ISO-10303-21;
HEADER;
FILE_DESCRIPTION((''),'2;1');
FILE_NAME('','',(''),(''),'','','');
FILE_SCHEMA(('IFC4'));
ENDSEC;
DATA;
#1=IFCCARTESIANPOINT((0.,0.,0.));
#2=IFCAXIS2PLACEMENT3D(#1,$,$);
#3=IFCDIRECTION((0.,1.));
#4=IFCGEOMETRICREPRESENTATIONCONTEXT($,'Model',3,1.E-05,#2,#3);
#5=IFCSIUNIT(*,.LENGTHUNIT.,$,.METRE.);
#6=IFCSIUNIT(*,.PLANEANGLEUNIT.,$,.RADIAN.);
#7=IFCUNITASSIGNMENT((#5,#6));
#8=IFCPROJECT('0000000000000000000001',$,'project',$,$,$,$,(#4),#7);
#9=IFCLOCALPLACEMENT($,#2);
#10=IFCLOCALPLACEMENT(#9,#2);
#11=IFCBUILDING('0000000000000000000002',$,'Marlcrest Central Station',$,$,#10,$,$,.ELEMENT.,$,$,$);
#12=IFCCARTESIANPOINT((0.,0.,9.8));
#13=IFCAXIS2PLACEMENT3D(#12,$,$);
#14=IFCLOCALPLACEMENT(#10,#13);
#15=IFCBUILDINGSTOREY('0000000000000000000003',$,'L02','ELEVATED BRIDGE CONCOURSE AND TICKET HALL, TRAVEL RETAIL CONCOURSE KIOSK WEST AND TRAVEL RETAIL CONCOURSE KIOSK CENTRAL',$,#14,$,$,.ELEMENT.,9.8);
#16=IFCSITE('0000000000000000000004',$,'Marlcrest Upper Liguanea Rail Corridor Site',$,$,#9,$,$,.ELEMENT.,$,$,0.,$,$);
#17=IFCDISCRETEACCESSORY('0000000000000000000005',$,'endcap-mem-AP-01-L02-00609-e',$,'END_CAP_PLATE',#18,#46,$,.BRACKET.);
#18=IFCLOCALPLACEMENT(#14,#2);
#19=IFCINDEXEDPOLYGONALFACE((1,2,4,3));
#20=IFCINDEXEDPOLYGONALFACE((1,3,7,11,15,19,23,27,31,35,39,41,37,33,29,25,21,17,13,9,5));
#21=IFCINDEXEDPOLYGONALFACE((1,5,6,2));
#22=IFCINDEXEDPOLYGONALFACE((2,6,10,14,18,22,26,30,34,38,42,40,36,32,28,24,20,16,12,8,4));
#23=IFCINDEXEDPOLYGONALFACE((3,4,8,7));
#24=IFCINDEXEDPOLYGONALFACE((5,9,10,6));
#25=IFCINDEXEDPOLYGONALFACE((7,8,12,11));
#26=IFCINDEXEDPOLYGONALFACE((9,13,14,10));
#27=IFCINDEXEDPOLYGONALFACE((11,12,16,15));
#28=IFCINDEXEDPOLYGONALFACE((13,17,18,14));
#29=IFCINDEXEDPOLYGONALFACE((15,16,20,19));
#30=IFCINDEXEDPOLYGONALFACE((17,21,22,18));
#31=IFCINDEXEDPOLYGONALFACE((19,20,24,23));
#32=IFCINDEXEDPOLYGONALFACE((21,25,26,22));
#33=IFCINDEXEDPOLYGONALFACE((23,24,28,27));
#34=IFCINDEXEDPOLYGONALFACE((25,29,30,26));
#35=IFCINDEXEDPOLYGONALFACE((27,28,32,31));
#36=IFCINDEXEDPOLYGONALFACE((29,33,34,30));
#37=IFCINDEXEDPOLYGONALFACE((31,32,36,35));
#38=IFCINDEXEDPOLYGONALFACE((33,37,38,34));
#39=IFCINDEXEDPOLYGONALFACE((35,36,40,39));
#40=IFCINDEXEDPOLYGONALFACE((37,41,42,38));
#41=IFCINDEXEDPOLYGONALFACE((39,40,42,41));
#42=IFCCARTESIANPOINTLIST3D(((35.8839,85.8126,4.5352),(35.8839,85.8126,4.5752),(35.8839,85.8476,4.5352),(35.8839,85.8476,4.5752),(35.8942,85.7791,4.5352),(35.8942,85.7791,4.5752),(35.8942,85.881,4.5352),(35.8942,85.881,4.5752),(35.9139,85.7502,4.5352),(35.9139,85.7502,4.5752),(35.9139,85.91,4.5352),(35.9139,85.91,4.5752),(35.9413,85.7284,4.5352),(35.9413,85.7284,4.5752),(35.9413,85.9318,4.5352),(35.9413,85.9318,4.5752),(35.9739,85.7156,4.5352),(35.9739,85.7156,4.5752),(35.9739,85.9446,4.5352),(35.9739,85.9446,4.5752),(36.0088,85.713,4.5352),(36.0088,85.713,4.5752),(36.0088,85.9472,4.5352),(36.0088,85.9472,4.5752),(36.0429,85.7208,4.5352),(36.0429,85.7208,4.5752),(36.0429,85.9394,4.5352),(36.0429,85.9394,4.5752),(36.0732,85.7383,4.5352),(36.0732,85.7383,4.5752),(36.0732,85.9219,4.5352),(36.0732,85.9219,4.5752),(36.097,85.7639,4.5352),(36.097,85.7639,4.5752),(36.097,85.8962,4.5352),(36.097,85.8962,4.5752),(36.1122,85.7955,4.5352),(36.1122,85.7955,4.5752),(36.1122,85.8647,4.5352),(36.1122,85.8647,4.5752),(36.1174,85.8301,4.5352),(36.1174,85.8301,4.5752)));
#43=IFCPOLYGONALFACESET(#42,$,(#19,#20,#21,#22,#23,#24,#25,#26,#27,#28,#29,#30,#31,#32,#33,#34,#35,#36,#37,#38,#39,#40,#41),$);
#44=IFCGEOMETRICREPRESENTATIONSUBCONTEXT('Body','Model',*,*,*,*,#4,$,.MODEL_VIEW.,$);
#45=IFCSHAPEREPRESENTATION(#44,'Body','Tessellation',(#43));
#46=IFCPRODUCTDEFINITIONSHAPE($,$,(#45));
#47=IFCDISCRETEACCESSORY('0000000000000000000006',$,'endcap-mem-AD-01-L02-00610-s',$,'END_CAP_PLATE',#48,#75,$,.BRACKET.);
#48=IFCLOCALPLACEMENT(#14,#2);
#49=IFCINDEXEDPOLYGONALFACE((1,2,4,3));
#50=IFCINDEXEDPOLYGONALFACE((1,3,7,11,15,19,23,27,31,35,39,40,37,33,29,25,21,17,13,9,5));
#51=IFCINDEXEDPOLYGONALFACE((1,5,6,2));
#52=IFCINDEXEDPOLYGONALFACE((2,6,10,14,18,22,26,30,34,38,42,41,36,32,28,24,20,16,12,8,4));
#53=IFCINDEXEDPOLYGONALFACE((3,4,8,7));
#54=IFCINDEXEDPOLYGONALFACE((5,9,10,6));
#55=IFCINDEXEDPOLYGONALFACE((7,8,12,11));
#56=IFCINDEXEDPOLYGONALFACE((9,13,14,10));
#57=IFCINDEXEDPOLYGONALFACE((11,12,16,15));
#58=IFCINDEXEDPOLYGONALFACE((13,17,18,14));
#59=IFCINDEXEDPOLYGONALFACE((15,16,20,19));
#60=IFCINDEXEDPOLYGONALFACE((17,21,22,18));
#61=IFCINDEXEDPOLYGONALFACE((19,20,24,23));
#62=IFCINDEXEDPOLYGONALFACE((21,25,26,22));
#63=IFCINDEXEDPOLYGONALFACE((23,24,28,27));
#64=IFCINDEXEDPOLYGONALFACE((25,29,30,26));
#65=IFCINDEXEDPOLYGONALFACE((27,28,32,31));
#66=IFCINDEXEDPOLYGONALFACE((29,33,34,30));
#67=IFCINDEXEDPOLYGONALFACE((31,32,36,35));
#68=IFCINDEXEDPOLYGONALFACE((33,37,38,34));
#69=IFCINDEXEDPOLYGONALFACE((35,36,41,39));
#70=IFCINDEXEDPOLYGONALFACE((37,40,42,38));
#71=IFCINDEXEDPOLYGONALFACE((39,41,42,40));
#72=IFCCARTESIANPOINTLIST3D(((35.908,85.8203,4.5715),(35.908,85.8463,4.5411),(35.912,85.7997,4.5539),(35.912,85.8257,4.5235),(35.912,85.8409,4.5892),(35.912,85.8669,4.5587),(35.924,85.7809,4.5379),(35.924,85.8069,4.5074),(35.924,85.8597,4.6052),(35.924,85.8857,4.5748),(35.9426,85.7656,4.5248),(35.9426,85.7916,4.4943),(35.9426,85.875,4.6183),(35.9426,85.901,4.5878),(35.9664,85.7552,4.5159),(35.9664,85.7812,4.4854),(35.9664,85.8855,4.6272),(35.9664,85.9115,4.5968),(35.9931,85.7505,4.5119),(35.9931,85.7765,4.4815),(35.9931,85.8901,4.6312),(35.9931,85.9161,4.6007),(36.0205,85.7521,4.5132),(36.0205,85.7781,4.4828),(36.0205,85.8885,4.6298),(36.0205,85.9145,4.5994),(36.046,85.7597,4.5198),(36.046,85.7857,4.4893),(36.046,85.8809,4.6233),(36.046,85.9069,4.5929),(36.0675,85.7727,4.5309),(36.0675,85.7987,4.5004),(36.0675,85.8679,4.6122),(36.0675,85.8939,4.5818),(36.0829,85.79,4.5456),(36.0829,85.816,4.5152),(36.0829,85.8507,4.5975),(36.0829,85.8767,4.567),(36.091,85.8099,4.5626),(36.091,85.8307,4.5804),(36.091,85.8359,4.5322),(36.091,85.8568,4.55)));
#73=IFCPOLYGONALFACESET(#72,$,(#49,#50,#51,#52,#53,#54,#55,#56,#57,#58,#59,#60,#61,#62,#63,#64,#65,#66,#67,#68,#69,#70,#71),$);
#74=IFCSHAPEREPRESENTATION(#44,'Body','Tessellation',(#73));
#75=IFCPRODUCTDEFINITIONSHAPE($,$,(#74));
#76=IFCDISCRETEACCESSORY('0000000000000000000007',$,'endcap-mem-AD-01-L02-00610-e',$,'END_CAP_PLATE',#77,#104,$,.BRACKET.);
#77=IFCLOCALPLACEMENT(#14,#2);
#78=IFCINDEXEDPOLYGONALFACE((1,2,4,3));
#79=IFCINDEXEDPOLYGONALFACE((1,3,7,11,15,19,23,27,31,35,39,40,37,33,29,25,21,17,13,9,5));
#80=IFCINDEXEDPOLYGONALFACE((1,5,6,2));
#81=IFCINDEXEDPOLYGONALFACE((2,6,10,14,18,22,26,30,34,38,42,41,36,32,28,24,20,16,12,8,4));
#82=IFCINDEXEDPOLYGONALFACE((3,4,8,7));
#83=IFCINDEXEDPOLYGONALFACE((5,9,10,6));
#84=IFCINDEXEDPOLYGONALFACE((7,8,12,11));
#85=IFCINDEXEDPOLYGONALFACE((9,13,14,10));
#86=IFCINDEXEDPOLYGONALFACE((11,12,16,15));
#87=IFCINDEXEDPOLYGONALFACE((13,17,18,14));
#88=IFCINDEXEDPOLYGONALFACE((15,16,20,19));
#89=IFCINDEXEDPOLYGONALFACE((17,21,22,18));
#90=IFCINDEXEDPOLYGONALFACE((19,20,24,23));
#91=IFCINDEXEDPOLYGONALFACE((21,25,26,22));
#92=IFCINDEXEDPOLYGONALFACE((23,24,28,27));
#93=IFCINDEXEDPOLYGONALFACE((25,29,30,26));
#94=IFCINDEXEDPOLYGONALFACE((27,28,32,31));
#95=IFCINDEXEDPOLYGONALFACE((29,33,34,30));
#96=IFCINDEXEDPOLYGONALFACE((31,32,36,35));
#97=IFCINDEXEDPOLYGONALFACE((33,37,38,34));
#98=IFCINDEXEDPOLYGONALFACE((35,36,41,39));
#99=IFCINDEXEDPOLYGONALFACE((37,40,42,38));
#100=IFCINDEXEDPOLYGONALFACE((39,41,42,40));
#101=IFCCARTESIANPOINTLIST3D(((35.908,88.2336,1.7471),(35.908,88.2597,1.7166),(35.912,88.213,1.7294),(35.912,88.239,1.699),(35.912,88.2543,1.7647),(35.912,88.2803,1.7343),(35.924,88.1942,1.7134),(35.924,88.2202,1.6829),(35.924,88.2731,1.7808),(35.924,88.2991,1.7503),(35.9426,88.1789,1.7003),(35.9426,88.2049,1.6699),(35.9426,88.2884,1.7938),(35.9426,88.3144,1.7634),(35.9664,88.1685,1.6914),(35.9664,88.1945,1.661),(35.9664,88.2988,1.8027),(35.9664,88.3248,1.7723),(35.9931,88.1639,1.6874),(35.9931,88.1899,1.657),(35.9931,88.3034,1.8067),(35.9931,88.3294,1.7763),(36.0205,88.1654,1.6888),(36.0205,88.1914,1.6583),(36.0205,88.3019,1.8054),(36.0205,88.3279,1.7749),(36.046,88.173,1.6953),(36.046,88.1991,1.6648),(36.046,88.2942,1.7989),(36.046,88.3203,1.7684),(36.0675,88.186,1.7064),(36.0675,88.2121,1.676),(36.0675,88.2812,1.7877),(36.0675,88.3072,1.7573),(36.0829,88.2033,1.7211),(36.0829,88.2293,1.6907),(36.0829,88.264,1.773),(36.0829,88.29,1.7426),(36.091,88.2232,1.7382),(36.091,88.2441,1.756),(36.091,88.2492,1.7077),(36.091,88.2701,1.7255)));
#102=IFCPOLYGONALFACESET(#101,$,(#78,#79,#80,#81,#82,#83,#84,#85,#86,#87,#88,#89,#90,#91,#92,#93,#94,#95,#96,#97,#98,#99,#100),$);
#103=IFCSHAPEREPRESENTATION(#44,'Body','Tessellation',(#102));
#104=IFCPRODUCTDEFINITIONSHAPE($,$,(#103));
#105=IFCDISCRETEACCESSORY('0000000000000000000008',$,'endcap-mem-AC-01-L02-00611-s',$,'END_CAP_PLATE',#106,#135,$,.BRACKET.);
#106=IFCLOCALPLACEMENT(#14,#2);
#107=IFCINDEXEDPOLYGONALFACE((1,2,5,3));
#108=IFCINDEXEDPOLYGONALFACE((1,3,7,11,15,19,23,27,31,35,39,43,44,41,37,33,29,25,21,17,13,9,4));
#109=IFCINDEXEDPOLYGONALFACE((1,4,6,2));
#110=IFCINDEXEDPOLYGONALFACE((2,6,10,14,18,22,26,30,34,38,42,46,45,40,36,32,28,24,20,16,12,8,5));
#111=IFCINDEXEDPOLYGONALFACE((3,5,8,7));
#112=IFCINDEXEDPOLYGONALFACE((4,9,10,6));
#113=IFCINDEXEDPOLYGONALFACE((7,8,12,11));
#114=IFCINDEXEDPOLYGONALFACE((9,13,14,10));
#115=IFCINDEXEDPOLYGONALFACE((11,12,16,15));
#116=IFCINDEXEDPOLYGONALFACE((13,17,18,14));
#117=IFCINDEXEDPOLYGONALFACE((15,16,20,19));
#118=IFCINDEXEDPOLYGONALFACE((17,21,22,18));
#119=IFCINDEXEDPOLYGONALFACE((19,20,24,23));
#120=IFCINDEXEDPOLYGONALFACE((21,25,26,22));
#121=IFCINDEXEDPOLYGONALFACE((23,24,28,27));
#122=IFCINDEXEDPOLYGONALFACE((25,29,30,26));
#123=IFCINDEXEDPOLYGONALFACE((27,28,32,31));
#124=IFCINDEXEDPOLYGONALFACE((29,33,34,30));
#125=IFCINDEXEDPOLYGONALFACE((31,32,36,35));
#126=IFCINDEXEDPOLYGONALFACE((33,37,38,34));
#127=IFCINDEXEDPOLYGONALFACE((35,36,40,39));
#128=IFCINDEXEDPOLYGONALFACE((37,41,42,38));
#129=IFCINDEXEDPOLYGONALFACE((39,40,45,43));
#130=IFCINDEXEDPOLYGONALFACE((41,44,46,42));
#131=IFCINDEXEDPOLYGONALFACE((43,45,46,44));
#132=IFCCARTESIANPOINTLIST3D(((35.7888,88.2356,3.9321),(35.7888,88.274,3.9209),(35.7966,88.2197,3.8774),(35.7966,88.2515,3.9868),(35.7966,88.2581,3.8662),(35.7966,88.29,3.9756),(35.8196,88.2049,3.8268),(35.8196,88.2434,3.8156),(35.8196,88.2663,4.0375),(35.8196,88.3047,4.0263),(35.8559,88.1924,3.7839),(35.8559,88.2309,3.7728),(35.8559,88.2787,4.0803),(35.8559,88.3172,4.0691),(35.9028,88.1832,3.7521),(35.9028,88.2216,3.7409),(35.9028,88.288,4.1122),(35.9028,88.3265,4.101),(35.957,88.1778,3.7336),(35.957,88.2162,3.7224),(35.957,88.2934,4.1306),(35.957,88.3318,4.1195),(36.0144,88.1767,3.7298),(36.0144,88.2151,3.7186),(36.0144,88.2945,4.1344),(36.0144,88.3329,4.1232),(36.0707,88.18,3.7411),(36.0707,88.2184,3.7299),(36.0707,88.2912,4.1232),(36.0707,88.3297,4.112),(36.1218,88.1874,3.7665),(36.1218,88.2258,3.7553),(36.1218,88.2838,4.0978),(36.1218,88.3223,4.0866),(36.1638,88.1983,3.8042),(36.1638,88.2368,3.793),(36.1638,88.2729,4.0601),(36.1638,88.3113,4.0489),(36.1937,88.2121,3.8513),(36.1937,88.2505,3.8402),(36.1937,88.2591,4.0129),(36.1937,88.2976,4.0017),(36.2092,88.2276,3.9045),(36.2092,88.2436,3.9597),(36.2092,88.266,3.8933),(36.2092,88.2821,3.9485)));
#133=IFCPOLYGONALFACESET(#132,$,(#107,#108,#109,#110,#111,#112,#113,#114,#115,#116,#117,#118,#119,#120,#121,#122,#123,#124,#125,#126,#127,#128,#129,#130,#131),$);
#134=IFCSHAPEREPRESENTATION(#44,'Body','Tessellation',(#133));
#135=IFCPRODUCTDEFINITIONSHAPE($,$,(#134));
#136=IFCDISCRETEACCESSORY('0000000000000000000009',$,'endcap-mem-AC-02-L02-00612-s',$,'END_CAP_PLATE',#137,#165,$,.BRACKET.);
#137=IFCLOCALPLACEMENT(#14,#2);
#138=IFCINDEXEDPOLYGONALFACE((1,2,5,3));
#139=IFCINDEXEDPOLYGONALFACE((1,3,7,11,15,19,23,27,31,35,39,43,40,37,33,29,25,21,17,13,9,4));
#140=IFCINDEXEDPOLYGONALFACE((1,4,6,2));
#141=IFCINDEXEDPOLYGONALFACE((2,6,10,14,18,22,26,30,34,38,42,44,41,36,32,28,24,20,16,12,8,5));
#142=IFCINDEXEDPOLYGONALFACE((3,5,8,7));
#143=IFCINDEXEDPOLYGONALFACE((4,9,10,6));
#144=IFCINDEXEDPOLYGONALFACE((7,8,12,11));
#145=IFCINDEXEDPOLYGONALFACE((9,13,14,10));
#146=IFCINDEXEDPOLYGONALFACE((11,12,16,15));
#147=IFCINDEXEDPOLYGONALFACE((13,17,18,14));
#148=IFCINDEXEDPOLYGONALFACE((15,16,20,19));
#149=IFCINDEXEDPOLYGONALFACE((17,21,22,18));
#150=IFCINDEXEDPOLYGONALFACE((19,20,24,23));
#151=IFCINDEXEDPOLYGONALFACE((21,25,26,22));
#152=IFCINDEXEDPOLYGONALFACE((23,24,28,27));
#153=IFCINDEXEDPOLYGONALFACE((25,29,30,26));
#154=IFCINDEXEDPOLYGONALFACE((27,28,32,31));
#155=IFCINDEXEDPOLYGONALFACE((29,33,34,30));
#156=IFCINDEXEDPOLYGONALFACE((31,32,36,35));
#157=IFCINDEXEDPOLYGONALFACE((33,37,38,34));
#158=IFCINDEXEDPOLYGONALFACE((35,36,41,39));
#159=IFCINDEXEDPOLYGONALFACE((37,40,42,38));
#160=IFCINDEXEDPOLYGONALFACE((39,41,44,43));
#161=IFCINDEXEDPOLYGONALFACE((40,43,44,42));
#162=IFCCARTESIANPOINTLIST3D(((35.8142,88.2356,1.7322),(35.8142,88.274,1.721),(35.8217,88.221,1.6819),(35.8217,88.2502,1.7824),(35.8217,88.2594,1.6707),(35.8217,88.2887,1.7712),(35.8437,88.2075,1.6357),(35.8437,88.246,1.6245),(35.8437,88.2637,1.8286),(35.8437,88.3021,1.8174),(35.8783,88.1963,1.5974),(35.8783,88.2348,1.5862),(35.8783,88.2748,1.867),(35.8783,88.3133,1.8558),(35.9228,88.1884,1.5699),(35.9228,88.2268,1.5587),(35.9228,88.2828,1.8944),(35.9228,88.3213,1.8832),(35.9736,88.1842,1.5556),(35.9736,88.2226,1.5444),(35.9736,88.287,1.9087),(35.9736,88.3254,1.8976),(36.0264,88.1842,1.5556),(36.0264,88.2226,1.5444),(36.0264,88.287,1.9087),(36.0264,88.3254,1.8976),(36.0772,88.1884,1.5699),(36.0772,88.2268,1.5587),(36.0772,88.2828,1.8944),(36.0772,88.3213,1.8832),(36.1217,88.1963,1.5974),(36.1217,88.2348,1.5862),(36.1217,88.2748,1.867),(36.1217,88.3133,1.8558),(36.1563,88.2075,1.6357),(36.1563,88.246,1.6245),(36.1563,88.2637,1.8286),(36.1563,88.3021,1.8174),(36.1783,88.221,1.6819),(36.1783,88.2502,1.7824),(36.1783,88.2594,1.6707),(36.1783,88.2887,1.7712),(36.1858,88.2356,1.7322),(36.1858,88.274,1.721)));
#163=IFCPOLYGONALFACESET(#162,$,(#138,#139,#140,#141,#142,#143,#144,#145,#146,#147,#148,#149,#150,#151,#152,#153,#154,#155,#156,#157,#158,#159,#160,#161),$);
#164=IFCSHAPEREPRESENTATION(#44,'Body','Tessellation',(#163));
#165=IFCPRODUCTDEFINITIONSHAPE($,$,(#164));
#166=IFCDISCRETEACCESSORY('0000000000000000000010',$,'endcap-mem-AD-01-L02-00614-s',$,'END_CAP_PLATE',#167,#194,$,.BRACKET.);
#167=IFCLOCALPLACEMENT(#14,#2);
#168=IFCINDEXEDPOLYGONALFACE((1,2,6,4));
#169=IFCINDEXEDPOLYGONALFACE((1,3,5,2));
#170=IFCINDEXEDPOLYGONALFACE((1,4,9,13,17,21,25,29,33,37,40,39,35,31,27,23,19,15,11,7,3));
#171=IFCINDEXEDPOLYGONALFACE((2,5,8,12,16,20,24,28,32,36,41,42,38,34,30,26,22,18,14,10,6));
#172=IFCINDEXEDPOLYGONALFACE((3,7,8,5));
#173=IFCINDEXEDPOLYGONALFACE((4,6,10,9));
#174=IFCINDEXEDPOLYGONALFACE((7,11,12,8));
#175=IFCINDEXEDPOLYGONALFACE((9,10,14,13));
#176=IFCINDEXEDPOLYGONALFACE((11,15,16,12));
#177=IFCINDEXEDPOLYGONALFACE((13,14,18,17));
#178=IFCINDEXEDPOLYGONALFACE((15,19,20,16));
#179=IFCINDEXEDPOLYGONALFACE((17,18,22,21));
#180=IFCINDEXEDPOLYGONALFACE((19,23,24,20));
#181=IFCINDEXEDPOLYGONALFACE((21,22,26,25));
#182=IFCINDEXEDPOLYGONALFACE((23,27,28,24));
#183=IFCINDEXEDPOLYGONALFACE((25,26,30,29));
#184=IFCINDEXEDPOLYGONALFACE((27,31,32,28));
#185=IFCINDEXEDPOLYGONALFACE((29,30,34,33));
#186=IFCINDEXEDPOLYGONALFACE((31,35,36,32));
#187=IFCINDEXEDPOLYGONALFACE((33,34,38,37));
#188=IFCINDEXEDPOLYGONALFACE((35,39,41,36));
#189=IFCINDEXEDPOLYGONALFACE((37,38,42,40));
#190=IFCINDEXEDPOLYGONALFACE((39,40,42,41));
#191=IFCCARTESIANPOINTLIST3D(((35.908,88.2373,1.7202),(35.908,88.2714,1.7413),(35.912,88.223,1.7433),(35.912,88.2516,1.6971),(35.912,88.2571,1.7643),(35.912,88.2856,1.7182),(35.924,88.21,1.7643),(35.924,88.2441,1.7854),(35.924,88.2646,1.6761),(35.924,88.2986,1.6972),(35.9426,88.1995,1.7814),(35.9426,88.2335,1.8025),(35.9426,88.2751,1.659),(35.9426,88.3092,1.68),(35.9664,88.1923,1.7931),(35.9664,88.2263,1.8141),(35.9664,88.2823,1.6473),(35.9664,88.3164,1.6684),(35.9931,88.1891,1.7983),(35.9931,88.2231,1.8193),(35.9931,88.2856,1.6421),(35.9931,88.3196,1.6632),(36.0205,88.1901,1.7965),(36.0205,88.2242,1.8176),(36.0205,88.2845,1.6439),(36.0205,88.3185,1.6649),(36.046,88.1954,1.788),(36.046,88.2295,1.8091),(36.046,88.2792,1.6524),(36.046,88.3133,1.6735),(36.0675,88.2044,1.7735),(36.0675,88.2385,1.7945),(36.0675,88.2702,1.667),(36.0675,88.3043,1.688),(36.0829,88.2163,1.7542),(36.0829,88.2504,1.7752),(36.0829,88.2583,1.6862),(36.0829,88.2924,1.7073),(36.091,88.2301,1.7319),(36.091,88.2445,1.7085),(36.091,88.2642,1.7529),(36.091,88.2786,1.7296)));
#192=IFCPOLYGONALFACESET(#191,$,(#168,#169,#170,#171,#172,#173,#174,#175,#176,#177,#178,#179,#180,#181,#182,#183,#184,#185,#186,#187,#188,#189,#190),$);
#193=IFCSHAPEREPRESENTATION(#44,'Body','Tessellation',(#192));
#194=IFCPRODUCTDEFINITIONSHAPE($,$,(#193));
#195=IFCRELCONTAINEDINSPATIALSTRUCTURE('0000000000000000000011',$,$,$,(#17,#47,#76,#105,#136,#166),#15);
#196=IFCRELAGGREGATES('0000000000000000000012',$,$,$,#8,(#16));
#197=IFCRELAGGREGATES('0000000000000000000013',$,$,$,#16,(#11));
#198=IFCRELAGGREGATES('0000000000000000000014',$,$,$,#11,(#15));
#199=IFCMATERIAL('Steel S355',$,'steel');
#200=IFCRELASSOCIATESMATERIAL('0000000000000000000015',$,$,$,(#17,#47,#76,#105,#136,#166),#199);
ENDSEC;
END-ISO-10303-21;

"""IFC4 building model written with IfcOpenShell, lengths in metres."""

from ifc_helpers import new_model, si_unit, direction, frame, origin, origin_2d, place, context, subcontext, project, spatial, circle, extrude, material, element, save


model = new_model("IFC4")

# Units and contexts
model_context = context("Model", 3, precision=1e-05, world=origin(), true_north=direction((0.0, 1.0)))
body_context = subcontext(model_context, "Body", "Model", "MODEL_VIEW")
ifc_project = project(units=[si_unit("LENGTHUNIT", "METRE"), si_unit("PLANEANGLEUNIT", "RADIAN")], contexts=[model_context])

# Site, building, storey
site_placement = place(None, origin())
site = spatial("IfcSite", under=ifc_project, at=site_placement, Name="Marlcrest Upper Liguanea Rail Corridor Site", CompositionType="ELEMENT", RefElevation=0.0)
building_placement = place(site_placement, origin())
building = spatial("IfcBuilding", under=site, at=building_placement, Name="Marlcrest Central Station", CompositionType="ELEMENT")
storey_placement = place(building_placement, frame((0.0, 0.0, 9.8)))
storey = spatial("IfcBuildingStorey", under=building, at=storey_placement, Name="L02", Description="ELEVATED BRIDGE CONCOURSE AND TICKET HALL, TRAVEL RETAIL CONCOURSE KIOSK WEST AND TRAVEL RETAIL CONCOURSE KIOSK CENTRAL", CompositionType="ELEMENT", Elevation=9.8)

# Shared definitions
ifc_material_1 = material(Name="Steel S355", Category="steel")

# Discrete accessories
for number, where, z_axis, x_axis, name in (
    (1, (36.0, 85.8301, 4.5352), (0.0, 0.0, 1.0), (1.0, 0.0, 0.0), "endcap-mem-AP-01-L02-00609-e"),
):
    element("IfcDiscreteAccessory", number, at=place(storey_placement, frame(where, z_axis=z_axis, x_axis=x_axis)), inside=storey, material=ifc_material_1, Name=name, ObjectType="END_CAP_PLATE", PredefinedType="BRACKET", context=body_context, shape_type="SweptSolid", body=[
        extrude(circle(Radius=0.1174, at=origin_2d()), origin(), (0.0, 0.0, 1.0), 0.04),
    ])
for number, where, z_axis, x_axis, name in (
    (2, (36.0, 85.8203, 4.5715), (0.0, 0.649625, -0.760255), (-1.0, 0.0, 0.0), "endcap-mem-AD-01-L02-00610-s"),
    (3, (36.0, 88.2336, 1.7471), (0.0, 0.649625, -0.760255), (-1.0, 0.0, 0.0), "endcap-mem-AD-01-L02-00610-e"),
):
    element("IfcDiscreteAccessory", number, at=place(storey_placement, frame(where, z_axis=z_axis, x_axis=x_axis)), inside=storey, material=ifc_material_1, Name=name, ObjectType="END_CAP_PLATE", PredefinedType="BRACKET", context=body_context, shape_type="SweptSolid", body=[
        extrude(circle(Radius=0.092, at=origin_2d()), origin(), (0.0, 0.0, 1.0), 0.04),
    ])
discrete_accessory_1_placement = place(storey_placement, frame((36.0, 88.2356, 3.9321), z_axis=(0.0, 0.96013, -0.279554), x_axis=(-1.0, 0.0, 0.0)))
element("IfcDiscreteAccessory", 4, at=discrete_accessory_1_placement, inside=storey, material=ifc_material_1, Name="endcap-mem-AC-01-L02-00611-s", ObjectType="END_CAP_PLATE", PredefinedType="BRACKET", context=body_context, shape_type="SweptSolid", body=[
    extrude(circle(Radius=0.2112, at=origin_2d()), origin(), (0.0, 0.0, 1.0), 0.04),
])
discrete_accessory_2_placement = place(storey_placement, frame((36.0, 88.2356, 1.7322), z_axis=(0.0, 0.96013, -0.279554), x_axis=(-1.0, 0.0, 0.0)))
element("IfcDiscreteAccessory", 5, at=discrete_accessory_2_placement, inside=storey, material=ifc_material_1, Name="endcap-mem-AC-02-L02-00612-s", ObjectType="END_CAP_PLATE", PredefinedType="BRACKET", context=body_context, shape_type="SweptSolid", body=[
    extrude(circle(Radius=0.1858, at=origin_2d()), origin(), (0.0, 0.0, 1.0), 0.04),
])
discrete_accessory_3_placement = place(storey_placement, frame((36.0, 88.2373, 1.7202), z_axis=(0.0, 0.850687, 0.525672), x_axis=(-1.0, 0.0, 0.0)))
element("IfcDiscreteAccessory", 6, at=discrete_accessory_3_placement, inside=storey, material=ifc_material_1, Name="endcap-mem-AD-01-L02-00614-s", ObjectType="END_CAP_PLATE", PredefinedType="BRACKET", context=body_context, shape_type="SweptSolid", body=[
    extrude(circle(Radius=0.092, at=origin_2d()), origin(), (0.0, 0.0, 1.0), 0.04),
])

save(model, "model.ifc")
